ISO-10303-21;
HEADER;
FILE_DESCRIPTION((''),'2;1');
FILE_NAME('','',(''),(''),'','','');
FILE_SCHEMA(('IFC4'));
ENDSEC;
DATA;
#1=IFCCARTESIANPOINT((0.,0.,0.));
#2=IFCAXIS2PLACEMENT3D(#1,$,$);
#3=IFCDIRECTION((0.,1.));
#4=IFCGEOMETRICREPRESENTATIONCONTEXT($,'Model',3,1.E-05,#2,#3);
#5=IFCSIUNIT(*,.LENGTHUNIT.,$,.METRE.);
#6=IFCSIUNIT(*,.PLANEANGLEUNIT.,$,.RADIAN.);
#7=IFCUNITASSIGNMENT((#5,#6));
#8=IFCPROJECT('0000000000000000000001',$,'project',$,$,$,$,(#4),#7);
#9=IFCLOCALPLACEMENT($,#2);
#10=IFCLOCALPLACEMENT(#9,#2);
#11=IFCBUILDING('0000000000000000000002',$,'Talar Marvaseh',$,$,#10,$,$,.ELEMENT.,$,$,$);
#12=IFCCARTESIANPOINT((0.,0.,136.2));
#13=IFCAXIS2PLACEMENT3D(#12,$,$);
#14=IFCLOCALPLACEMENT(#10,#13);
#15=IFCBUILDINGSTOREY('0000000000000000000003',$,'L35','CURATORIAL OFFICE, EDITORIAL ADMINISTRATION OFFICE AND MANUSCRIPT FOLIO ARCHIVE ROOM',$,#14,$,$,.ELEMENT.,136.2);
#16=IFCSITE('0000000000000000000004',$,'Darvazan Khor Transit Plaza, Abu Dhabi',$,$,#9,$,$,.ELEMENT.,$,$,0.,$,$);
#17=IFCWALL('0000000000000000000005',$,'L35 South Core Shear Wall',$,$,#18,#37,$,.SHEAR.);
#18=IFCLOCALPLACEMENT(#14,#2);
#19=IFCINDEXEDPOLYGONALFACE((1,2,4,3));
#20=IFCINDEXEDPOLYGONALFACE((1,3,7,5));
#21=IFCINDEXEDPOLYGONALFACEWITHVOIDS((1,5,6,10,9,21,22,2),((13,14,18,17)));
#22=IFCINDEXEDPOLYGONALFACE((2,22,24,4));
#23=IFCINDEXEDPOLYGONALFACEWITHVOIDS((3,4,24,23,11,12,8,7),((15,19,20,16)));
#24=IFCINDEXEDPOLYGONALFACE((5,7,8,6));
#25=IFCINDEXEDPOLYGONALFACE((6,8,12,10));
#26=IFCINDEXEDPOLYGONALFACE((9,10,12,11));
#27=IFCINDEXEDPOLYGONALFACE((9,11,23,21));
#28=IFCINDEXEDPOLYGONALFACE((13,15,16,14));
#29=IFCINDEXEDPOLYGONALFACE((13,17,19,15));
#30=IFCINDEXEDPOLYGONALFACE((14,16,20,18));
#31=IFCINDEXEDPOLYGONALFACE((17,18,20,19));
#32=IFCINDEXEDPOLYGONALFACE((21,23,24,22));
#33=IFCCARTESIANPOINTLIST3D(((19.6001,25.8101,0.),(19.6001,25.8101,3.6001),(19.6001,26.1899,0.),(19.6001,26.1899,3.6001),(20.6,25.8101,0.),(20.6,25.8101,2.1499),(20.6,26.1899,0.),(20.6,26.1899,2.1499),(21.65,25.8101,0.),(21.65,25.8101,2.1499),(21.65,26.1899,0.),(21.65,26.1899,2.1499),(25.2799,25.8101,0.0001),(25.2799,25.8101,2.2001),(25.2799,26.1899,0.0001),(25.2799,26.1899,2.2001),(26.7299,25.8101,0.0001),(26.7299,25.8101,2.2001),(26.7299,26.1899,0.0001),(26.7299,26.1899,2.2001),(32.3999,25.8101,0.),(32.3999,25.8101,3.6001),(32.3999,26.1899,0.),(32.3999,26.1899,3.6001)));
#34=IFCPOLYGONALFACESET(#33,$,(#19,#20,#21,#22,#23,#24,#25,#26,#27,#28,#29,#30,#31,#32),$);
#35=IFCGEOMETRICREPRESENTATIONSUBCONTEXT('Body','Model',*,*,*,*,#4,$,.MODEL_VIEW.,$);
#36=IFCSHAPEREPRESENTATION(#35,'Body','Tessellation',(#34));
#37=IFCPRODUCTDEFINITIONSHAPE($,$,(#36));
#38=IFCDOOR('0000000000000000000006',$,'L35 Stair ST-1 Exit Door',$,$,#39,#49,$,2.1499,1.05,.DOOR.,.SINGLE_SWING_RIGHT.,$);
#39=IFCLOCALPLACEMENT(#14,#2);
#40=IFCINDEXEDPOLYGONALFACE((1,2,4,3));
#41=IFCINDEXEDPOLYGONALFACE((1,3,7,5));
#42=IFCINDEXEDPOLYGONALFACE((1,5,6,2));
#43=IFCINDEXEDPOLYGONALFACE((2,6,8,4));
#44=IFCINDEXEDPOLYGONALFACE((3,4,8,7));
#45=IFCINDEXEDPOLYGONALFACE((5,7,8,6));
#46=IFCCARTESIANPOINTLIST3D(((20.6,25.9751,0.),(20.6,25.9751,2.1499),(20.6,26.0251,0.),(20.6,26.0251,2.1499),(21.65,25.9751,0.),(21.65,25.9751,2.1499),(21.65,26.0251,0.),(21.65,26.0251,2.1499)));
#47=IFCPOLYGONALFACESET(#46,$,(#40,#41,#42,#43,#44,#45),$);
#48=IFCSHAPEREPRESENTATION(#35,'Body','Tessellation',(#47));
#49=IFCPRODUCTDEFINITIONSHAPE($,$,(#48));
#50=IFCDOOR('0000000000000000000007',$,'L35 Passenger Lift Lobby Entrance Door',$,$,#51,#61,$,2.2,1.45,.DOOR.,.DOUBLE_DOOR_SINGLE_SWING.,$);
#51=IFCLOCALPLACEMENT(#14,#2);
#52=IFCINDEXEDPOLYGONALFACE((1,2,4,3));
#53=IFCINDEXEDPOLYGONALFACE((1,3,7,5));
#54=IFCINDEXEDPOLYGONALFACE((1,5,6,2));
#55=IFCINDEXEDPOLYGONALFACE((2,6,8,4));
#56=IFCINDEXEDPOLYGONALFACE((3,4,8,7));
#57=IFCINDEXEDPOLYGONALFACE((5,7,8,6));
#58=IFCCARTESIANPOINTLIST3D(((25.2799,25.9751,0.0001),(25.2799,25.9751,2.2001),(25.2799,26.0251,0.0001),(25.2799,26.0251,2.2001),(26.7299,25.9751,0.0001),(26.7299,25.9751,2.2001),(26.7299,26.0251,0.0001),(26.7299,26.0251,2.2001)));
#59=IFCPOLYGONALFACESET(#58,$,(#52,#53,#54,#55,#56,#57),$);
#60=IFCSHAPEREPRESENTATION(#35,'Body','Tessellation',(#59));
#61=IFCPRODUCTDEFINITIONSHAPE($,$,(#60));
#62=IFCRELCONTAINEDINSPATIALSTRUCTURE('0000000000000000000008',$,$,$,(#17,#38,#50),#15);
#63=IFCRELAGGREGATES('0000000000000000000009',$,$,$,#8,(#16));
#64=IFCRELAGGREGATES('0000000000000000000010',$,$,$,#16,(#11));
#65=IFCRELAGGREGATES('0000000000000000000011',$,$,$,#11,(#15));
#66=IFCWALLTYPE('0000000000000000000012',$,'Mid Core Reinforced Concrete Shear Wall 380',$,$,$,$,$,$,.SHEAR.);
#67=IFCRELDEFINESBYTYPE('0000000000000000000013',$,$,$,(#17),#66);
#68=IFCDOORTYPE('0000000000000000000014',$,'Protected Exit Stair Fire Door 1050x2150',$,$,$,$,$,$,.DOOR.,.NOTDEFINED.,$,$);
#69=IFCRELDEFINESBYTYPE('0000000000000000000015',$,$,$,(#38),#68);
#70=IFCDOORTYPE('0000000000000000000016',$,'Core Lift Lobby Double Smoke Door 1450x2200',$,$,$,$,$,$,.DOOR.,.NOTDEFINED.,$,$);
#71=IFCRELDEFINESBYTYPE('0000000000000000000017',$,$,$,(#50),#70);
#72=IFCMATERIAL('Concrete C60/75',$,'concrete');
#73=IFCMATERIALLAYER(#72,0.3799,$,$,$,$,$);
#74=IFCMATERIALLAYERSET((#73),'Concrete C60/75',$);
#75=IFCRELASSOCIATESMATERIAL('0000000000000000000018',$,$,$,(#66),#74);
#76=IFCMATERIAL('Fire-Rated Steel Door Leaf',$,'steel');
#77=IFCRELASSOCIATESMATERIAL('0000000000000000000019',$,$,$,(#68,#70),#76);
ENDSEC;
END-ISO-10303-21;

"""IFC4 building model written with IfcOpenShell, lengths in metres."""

from ifc_helpers import new_model, si_unit, direction, frame, frame_2d, origin, place, context, subcontext, project, spatial, rectangle, extrude, source, transform, mapped, material, layer, layer_set, type_object, type_shapes, element, fill, save


model = new_model("IFC4")

# Units and contexts
model_context = context("Model", 3, precision=1e-05, world=origin(), true_north=direction((0.0, 1.0)))
body_context = subcontext(model_context, "Body", "Model", "MODEL_VIEW")
ifc_project = project(units=[si_unit("LENGTHUNIT", "METRE"), si_unit("PLANEANGLEUNIT", "RADIAN")], contexts=[model_context])

# Site, building, storey
site_placement = place(None, origin())
site = spatial("IfcSite", under=ifc_project, at=site_placement, Name="Darvazan Khor Transit Plaza, Abu Dhabi", CompositionType="ELEMENT", RefElevation=0.0)
building_placement = place(site_placement, origin())
building = spatial("IfcBuilding", under=site, at=building_placement, Name="Talar Marvaseh", CompositionType="ELEMENT")
storey_placement = place(building_placement, frame((0.0, 0.0, 136.2)))
storey = spatial("IfcBuildingStorey", under=building, at=storey_placement, Name="L35", Description="CURATORIAL OFFICE, EDITORIAL ADMINISTRATION OFFICE AND MANUSCRIPT FOLIO ARCHIVE ROOM", CompositionType="ELEMENT", Elevation=136.2)

# Shared definitions
ifc_material_1 = material(Name="Concrete C60/75", Category="concrete")

# Wall, openings, doors
ifc_layer_1 = layer(ifc_material_1, 0.3799)
ifc_layer_set_1 = layer_set([ifc_layer_1], Name="Concrete C60/75")
wall_type_1 = type_object("IfcWallType", Name="Mid Core Reinforced Concrete Shear Wall 380", PredefinedType="SHEAR", material=ifc_layer_set_1)
wall_1_placement = place(storey_placement, frame((32.3999, 26.0, 0.0), z_axis=(0.0, 0.0, 1.0), x_axis=(-1.0, 0.0, 0.0)))
wall_1 = element("IfcWall", 1, at=wall_1_placement, inside=storey, type_object=wall_type_1, Name="L35 South Core Shear Wall", PredefinedType="SHEAR", context=body_context, shape_type="SweptSolid", body=[
    extrude(rectangle(XDim=12.7998, YDim=0.3799, at=frame_2d((6.3999, 0.0))), origin(), (0.0, 0.0, 1.0), 3.6001),
])
opening_1_placement = place(wall_1_placement, frame((10.75, 0.0, 0.0)))
opening_1 = element("IfcOpeningElement", 2, at=opening_1_placement, cuts=wall_1, PredefinedType="OPENING", context=body_context, shape_type="SweptSolid", body=[
    extrude(rectangle(XDim=1.05, YDim=2.1499, at=frame_2d((0.5249, 1.075))), frame((0.0, 0.2, 0.0), z_axis=(0.0, -1.0, 0.0), x_axis=(1.0, 0.0, 0.0)), (0.0, 0.0, 1.0), 0.3999),
])
opening_2_placement = place(wall_1_placement, frame((5.6699, 0.0, 0.0)))
opening_2 = element("IfcOpeningElement", 3, at=opening_2_placement, cuts=wall_1, PredefinedType="OPENING", context=body_context, shape_type="SweptSolid", body=[
    extrude(rectangle(XDim=1.45, YDim=2.2, at=frame_2d((0.7251, 1.1001))), frame((0.0, 0.2, 0.0), z_axis=(0.0, -1.0, 0.0), x_axis=(1.0, 0.0, 0.0)), (0.0, 0.0, 1.0), 0.3999),
])
ifc_material_2 = material(Name="Fire-Rated Steel Door Leaf", Category="steel")
door_type_1 = type_object("IfcDoorType", Name="Protected Exit Stair Fire Door 1050x2150", OperationType="NOTDEFINED", PredefinedType="DOOR", material=ifc_material_2)
shared_shape_1 = source(origin(), body_context, "Body", "SweptSolid", [
    extrude(rectangle(XDim=1.05, YDim=2.1499, at=frame_2d((0.5249, 1.075))), frame((0.0, 0.0249, 0.0), z_axis=(0.0, -1.0, 0.0), x_axis=(1.0, 0.0, 0.0)), (0.0, 0.0, 1.0), 0.05),
])
type_shapes(door_type_1, [shared_shape_1])
door_1_placement = place(opening_1_placement, origin())
door_1 = element("IfcDoor", 4, at=door_1_placement, inside=storey, type_object=door_type_1, Name="L35 Stair ST-1 Exit Door", OperationType="SINGLE_SWING_RIGHT", OverallHeight=2.1499, OverallWidth=1.05, PredefinedType="DOOR", context=body_context, shape_type="MappedRepresentation", body=[
    mapped(shared_shape_1, transform((0.0, 0.0, 0.0), x_axis=(1.0, 0.0, 0.0), y_axis=(0.0, 1.0, 0.0), z_axis=(0.0, 0.0, 1.0), scale=1.0)),
])
fill(opening_1, door_1)
door_type_2 = type_object("IfcDoorType", Name="Core Lift Lobby Double Smoke Door 1450x2200", OperationType="NOTDEFINED", PredefinedType="DOOR", material=ifc_material_2)
shared_shape_2 = source(origin(), body_context, "Body", "SweptSolid", [
    extrude(rectangle(XDim=1.45, YDim=2.2, at=frame_2d((0.7251, 1.1001))), frame((0.0, 0.0249, 0.0), z_axis=(0.0, -1.0, 0.0), x_axis=(1.0, 0.0, 0.0)), (0.0, 0.0, 1.0), 0.05),
])
type_shapes(door_type_2, [shared_shape_2])
door_2_placement = place(opening_2_placement, origin())
door_2 = element("IfcDoor", 5, at=door_2_placement, inside=storey, type_object=door_type_2, Name="L35 Passenger Lift Lobby Entrance Door", OperationType="DOUBLE_DOOR_SINGLE_SWING", OverallHeight=2.2, OverallWidth=1.45, PredefinedType="DOOR", context=body_context, shape_type="MappedRepresentation", body=[
    mapped(shared_shape_2, transform((0.0, 0.0, 0.0), x_axis=(1.0, 0.0, 0.0), y_axis=(0.0, 1.0, 0.0), z_axis=(0.0, 0.0, 1.0), scale=1.0)),
])
fill(opening_2, door_2)

save(model, "model.ifc")
